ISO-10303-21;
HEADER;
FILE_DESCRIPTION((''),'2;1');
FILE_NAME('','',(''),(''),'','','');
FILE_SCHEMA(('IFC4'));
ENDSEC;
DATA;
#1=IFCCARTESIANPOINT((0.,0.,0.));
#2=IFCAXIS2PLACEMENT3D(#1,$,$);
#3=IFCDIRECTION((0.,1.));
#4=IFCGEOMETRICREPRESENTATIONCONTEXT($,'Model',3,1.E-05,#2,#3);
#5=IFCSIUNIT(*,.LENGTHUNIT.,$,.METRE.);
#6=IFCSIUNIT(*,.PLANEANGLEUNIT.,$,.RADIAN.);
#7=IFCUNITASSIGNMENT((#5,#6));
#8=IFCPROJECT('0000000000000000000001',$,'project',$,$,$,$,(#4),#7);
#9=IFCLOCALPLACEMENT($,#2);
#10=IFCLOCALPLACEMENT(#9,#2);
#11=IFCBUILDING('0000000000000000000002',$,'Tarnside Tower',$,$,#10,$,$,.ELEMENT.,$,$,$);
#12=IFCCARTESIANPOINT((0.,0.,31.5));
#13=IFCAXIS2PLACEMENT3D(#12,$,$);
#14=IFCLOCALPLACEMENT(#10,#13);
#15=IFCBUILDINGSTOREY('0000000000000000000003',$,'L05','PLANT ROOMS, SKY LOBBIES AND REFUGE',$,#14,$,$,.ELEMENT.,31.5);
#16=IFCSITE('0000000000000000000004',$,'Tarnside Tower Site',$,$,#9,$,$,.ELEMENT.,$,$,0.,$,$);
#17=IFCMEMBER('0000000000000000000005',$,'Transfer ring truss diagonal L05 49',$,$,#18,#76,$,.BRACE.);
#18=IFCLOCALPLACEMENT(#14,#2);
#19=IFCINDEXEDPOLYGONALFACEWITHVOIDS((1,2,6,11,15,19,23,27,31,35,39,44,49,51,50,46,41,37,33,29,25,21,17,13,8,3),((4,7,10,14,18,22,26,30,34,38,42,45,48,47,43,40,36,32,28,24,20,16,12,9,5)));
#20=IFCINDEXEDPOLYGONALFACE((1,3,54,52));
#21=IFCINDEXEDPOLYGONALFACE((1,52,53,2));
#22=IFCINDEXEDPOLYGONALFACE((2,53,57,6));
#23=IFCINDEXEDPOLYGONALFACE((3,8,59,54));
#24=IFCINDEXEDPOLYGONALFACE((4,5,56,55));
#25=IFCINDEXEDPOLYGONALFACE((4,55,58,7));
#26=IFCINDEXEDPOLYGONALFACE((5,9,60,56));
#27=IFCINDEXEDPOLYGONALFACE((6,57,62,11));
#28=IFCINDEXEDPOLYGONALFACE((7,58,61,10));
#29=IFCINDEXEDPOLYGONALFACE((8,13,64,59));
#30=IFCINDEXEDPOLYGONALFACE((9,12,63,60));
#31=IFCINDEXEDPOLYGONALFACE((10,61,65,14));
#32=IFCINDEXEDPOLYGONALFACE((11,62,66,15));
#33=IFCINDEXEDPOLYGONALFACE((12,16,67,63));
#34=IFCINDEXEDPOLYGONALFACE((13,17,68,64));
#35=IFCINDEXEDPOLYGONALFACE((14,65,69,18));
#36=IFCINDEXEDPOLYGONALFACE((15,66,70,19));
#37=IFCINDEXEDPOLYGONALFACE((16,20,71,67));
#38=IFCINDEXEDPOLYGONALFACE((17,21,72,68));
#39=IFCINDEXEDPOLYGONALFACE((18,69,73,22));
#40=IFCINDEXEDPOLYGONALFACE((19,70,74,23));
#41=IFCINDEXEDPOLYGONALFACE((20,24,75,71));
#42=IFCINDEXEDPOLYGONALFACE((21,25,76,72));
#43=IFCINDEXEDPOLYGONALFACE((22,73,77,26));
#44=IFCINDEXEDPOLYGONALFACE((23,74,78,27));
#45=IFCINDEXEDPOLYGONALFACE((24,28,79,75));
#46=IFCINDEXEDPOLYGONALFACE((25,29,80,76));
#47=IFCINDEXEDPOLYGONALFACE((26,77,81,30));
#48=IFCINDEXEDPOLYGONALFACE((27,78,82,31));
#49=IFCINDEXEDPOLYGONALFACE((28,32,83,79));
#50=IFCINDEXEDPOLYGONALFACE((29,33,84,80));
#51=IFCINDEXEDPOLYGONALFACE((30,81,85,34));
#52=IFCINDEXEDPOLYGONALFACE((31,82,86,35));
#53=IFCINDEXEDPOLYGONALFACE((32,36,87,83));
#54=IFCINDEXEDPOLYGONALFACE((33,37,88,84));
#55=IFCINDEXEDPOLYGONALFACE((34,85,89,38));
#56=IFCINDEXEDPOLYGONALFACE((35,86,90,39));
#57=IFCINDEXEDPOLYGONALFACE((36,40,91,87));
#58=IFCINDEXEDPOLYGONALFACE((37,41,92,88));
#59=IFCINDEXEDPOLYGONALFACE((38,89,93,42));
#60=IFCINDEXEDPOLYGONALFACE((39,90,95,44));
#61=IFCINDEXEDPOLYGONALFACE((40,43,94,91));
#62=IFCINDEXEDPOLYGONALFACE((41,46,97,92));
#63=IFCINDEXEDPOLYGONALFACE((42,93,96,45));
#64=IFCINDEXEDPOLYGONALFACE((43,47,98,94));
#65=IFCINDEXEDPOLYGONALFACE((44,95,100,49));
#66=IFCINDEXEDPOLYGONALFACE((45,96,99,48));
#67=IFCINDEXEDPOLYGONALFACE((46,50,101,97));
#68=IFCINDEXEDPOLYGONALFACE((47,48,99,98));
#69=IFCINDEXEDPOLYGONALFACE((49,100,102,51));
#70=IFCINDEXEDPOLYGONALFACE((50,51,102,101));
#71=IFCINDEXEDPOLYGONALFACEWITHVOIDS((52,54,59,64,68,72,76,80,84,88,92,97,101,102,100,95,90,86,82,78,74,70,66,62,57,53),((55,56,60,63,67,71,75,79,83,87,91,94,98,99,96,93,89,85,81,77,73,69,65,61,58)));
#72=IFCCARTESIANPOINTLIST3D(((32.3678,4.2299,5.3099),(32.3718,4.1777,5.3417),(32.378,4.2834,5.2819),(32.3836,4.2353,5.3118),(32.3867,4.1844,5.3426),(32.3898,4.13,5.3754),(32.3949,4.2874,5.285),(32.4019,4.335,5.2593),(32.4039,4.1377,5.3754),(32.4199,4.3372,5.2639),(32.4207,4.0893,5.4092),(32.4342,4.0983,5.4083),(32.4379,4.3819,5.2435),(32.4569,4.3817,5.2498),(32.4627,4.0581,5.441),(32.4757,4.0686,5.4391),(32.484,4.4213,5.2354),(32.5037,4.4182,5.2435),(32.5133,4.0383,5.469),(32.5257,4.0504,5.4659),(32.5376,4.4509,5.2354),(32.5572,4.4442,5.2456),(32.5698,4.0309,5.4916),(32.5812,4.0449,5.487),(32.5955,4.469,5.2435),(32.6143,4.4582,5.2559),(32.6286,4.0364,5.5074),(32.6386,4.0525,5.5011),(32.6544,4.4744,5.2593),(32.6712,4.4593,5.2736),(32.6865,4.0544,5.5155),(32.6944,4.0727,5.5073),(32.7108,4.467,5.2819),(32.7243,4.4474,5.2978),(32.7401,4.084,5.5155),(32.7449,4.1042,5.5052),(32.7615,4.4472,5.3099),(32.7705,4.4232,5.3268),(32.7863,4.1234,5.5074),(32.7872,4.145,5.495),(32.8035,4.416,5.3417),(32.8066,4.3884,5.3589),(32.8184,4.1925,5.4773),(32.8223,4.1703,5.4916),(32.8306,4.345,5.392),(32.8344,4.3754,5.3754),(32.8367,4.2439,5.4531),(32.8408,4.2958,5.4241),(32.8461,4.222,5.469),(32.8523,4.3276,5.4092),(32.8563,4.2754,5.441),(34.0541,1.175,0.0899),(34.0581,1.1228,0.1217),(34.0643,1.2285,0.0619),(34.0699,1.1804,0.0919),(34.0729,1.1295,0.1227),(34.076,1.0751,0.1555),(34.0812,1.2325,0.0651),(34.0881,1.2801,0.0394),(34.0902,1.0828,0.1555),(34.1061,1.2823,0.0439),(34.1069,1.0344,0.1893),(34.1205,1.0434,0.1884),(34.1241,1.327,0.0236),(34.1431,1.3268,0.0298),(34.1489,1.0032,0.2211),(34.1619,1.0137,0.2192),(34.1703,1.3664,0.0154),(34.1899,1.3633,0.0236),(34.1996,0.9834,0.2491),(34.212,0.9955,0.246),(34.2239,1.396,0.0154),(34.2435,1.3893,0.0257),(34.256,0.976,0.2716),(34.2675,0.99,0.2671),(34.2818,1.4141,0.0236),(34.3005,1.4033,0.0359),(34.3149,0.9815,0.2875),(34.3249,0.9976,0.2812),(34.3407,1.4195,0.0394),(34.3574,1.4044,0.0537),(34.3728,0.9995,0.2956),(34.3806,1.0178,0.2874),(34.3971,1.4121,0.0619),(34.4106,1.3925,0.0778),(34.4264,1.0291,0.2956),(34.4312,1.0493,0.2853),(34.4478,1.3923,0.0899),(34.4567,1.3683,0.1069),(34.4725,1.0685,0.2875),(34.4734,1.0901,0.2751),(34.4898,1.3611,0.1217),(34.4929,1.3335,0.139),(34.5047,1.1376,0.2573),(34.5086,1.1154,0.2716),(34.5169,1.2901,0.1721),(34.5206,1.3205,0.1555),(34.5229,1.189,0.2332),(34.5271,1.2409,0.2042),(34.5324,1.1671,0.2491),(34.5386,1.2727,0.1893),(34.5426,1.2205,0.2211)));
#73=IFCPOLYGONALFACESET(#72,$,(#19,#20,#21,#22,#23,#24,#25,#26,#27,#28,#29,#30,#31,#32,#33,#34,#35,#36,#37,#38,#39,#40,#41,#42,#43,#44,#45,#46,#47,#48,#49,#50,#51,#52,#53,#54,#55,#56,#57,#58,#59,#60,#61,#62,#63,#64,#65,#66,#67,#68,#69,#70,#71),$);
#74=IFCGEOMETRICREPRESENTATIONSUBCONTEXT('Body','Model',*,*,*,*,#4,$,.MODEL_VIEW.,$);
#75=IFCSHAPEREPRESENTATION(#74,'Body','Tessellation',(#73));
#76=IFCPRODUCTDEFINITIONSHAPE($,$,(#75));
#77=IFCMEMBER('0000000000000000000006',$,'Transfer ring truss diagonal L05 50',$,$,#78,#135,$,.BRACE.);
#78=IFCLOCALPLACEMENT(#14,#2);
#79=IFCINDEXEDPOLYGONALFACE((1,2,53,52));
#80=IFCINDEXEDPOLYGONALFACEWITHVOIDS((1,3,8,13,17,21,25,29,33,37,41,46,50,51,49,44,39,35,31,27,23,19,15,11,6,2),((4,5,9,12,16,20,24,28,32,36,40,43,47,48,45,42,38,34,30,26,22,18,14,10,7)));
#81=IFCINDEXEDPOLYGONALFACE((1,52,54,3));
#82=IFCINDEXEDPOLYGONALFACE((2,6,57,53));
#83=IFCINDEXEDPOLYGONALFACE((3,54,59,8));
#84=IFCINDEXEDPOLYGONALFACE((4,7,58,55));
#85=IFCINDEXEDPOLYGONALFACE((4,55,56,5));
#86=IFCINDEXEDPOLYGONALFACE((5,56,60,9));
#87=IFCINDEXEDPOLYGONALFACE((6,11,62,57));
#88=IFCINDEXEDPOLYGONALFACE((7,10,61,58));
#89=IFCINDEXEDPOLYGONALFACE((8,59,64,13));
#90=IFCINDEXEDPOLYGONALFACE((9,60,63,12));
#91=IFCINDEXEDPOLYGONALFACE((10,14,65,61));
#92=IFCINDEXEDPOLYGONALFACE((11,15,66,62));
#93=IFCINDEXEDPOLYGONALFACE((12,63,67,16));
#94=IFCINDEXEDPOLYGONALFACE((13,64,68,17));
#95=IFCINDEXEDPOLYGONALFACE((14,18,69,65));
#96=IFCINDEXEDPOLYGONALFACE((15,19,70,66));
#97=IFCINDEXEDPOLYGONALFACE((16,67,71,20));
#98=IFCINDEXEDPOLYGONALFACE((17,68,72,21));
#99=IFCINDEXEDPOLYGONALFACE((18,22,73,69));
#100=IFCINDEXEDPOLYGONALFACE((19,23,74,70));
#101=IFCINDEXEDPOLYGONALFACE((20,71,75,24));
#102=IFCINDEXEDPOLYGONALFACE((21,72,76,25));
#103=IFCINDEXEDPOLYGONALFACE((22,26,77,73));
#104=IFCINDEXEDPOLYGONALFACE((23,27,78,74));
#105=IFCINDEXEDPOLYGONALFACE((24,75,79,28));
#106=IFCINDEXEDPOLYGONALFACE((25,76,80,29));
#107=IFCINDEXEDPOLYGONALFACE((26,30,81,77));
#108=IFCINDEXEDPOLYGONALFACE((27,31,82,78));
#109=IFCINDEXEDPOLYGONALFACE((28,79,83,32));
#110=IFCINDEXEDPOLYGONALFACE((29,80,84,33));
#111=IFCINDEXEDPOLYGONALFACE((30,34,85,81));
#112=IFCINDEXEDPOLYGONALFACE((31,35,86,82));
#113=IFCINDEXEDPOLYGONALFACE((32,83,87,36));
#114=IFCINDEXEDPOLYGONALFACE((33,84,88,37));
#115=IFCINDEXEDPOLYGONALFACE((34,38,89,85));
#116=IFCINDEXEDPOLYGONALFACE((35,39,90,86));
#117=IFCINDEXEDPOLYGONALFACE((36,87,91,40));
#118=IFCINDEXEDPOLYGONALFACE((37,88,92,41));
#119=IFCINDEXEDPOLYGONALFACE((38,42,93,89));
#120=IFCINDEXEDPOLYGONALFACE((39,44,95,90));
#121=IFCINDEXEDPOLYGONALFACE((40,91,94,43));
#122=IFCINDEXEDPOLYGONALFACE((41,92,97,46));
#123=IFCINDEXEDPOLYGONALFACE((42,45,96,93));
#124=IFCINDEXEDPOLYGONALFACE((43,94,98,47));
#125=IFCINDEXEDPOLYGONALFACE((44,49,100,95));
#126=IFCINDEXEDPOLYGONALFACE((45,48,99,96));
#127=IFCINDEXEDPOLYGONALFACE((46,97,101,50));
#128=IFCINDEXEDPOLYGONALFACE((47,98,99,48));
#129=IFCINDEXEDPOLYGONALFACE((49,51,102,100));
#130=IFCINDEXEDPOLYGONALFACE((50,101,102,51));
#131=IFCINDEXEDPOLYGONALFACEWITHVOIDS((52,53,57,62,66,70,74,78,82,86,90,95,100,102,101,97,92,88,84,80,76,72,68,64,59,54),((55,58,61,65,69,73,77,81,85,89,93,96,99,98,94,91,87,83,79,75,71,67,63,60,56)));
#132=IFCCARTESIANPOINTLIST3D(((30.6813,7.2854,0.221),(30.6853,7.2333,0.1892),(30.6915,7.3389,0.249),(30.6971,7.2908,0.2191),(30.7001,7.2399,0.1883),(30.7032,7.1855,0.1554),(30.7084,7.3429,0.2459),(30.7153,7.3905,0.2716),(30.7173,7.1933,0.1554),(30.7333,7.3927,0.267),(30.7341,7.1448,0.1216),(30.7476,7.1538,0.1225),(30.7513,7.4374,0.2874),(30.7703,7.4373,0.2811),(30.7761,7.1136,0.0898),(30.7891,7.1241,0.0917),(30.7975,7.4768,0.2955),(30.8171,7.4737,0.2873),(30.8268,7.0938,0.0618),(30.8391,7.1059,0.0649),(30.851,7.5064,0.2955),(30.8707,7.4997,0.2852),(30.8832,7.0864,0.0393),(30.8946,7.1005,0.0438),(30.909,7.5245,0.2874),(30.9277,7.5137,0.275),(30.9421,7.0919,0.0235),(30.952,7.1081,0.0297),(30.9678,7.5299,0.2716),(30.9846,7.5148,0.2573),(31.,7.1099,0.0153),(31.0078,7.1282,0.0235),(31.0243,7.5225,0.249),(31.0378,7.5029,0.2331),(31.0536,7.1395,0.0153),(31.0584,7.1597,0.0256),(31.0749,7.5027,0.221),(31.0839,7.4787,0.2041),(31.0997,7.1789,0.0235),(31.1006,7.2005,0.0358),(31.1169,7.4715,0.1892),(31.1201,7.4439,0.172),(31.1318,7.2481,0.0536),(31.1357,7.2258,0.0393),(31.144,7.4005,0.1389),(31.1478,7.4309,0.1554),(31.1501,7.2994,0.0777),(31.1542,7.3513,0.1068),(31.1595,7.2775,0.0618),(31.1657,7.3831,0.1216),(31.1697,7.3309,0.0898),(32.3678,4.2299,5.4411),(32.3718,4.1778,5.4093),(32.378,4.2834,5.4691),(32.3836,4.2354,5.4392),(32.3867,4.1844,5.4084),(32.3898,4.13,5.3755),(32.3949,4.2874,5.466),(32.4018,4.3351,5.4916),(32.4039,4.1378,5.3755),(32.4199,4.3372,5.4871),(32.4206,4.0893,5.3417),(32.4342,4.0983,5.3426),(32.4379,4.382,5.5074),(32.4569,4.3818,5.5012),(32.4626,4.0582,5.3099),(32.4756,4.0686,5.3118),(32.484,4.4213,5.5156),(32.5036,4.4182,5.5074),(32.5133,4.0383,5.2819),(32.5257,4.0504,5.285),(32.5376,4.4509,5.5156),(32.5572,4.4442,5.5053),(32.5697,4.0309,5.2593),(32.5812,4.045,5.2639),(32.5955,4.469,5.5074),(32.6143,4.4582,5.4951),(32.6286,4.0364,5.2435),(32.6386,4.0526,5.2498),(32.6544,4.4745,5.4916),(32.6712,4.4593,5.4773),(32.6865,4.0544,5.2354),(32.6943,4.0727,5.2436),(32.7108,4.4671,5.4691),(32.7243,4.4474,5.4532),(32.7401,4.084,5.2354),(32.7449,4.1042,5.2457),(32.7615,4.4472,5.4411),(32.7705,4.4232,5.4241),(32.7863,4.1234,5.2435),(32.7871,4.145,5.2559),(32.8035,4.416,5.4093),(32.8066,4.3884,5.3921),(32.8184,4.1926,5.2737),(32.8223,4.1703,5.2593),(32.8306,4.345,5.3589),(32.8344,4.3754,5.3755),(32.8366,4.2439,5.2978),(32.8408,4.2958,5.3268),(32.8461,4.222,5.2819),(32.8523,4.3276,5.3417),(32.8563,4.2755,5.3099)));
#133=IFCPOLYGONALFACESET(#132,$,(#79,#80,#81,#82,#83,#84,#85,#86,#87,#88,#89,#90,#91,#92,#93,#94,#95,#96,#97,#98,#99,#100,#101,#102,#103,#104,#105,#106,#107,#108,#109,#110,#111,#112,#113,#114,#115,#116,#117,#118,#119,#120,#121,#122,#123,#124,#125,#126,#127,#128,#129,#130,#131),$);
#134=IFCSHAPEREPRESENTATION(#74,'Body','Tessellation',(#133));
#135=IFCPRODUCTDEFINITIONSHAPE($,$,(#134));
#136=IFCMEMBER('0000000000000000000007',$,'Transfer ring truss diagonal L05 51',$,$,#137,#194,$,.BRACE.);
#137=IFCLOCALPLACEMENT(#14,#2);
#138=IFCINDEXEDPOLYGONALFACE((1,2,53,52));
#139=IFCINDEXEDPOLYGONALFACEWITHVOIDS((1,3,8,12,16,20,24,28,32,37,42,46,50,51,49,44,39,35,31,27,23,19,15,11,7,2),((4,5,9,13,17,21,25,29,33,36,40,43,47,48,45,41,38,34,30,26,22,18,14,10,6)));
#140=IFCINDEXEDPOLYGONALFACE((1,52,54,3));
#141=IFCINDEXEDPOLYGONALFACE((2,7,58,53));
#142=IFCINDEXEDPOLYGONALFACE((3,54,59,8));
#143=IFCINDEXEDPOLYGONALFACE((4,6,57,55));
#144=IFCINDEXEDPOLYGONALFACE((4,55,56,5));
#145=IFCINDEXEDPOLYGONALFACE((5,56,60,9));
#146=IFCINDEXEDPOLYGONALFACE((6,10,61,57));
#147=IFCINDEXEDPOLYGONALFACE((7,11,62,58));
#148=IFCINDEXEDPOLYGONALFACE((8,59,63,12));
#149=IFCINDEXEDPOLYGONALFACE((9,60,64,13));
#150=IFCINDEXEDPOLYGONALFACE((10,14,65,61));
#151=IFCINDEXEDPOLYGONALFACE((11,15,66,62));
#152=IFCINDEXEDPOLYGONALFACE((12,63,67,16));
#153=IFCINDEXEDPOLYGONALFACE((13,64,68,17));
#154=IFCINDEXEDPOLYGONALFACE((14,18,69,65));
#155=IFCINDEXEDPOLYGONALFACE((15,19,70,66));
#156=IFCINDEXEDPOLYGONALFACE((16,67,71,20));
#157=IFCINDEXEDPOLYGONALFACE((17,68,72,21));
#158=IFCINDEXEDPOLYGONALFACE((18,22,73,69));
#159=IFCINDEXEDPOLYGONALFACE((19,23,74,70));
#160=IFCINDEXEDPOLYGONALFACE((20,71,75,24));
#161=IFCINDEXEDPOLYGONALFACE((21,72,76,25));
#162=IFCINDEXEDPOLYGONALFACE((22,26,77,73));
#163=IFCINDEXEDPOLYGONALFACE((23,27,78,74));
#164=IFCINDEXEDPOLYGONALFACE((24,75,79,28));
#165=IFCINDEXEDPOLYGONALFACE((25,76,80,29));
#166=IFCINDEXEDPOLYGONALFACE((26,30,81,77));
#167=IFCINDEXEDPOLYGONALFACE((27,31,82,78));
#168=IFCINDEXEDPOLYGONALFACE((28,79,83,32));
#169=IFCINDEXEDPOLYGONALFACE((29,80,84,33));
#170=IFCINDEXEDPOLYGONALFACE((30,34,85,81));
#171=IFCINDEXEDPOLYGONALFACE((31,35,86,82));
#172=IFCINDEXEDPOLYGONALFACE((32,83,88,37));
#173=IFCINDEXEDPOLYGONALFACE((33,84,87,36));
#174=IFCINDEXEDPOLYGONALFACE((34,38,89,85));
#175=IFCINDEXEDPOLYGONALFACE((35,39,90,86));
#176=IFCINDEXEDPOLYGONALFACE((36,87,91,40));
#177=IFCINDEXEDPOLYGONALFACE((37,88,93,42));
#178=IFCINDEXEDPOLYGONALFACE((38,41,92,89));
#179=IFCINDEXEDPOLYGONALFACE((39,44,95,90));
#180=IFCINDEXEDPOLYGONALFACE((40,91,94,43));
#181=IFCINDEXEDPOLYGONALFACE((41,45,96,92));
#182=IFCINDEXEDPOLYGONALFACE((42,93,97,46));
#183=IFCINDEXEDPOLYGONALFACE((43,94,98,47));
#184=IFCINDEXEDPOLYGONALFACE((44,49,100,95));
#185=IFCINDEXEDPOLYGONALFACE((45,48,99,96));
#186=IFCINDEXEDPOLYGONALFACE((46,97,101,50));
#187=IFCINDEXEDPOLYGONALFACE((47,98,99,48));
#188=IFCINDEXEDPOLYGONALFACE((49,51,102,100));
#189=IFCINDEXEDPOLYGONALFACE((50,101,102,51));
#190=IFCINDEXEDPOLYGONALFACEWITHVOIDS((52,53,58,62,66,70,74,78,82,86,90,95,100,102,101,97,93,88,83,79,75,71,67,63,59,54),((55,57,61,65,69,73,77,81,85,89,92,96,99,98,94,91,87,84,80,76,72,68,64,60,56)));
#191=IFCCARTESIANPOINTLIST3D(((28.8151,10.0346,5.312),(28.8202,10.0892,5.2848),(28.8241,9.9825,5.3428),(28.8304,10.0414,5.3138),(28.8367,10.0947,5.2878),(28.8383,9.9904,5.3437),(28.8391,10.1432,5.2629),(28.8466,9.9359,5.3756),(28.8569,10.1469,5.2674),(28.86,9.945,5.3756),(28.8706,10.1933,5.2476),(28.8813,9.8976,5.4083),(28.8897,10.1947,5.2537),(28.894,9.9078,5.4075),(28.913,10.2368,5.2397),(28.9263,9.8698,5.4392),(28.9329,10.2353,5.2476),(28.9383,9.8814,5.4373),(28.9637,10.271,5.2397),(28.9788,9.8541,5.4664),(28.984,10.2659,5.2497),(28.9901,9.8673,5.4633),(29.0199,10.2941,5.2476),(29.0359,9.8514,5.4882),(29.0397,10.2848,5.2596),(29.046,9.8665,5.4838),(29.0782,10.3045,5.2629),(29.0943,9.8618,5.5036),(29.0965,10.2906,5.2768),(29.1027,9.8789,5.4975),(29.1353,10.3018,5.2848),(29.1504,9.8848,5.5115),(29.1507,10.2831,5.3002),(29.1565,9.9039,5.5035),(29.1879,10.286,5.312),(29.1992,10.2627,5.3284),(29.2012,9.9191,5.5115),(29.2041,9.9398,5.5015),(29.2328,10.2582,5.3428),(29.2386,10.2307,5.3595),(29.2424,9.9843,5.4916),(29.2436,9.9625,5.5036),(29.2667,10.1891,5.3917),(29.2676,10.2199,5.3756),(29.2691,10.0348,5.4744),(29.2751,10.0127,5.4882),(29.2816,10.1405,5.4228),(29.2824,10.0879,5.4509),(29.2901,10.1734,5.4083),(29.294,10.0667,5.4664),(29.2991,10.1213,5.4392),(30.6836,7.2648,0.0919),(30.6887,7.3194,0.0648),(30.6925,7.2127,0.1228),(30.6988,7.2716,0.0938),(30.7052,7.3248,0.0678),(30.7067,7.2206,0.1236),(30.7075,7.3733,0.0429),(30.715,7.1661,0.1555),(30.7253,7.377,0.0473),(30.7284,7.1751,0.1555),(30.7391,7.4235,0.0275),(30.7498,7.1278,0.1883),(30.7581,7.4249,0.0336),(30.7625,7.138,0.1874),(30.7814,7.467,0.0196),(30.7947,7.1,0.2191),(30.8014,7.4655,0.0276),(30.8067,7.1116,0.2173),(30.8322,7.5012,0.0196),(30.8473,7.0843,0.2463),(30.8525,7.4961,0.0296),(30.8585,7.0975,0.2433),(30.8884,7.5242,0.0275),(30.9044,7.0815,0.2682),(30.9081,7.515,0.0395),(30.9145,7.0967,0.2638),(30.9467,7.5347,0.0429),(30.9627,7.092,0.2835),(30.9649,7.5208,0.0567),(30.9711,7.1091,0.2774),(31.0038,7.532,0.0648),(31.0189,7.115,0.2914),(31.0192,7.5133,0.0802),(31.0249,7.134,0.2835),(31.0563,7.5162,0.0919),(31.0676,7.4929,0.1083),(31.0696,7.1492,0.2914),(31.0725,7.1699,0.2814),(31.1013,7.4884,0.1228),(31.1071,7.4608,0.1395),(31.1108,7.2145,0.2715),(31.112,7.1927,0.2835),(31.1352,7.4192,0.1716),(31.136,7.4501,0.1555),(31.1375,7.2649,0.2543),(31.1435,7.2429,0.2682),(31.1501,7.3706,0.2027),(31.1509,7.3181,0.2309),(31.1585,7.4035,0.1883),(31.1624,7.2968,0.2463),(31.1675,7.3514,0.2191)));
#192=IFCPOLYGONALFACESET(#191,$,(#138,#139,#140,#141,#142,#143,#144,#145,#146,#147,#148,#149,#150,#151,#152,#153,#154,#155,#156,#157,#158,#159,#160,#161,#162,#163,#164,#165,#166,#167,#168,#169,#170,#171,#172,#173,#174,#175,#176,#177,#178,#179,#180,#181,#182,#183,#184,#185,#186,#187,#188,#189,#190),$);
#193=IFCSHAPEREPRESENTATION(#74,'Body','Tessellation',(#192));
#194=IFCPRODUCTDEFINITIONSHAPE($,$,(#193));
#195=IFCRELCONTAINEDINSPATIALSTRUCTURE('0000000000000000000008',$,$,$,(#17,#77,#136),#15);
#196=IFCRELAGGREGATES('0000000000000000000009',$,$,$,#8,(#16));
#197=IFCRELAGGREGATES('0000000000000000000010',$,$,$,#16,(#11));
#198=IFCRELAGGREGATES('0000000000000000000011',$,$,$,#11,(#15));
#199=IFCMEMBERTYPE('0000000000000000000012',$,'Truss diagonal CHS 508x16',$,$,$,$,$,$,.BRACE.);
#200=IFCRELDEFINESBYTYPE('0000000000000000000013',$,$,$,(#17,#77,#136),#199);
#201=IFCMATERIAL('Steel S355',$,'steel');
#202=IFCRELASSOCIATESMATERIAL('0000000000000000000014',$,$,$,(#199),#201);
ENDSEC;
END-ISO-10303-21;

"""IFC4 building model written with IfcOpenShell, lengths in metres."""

from ifc_helpers import new_model, si_unit, direction, frame, origin, origin_2d, place, context, subcontext, project, spatial, hollow_circle, extrude, material, material_profile, profile_set, type_object, element, save


model = new_model("IFC4")

# Units and contexts
model_context = context("Model", 3, precision=1e-05, world=origin(), true_north=direction((0.0, 1.0)))
body_context = subcontext(model_context, "Body", "Model", "MODEL_VIEW")
ifc_project = project(units=[si_unit("LENGTHUNIT", "METRE"), si_unit("PLANEANGLEUNIT", "RADIAN")], contexts=[model_context])

# Site, building, storey
site_placement = place(None, origin())
site = spatial("IfcSite", under=ifc_project, at=site_placement, Name="Tarnside Tower Site", CompositionType="ELEMENT", RefElevation=0.0)
building_placement = place(site_placement, origin())
building = spatial("IfcBuilding", under=site, at=building_placement, Name="Tarnside Tower", CompositionType="ELEMENT")
storey_placement = place(building_placement, frame((0.0, 0.0, 31.5)))
storey = spatial("IfcBuildingStorey", under=building, at=storey_placement, Name="L05", Description="PLANT ROOMS, SKY LOBBIES AND REFUGE", CompositionType="ELEMENT", Elevation=31.5)

# Shared definitions
ifc_material_1 = material(Name="Steel S355", Category="steel")

# Members
ifc_material_profile_1 = material_profile(ifc_material_1, hollow_circle(Radius=0.2539, WallThickness=0.0161, at=origin_2d()), Name="CHS 508x16")
ifc_profile_set_1 = profile_set([ifc_material_profile_1], Name="Steel S355")
member_type_1 = type_object("IfcMemberType", Name="Truss diagonal CHS 508x16", PredefinedType="BRACE", material=ifc_profile_set_1)
member_1_placement = place(storey_placement, frame((34.2983, 1.1978, 0.1555), z_axis=(-0.268564, 0.486541, 0.831355), x_axis=(-0.875481, -0.483253, 0.0)))
element("IfcMember", 1, at=member_1_placement, inside=storey, type_object=member_type_1, Name="Transfer ring truss diagonal L05 49", PredefinedType="BRACE", context=body_context, shape_type="SweptSolid", body=[
    extrude(hollow_circle(Radius=0.2539, WallThickness=0.0161, at=origin_2d()), origin(), (0.0, 0.0, 1.0), 6.2788),
])
member_2_placement = place(storey_placement, frame((32.6121, 4.2527, 5.3755), z_axis=(-0.26859, 0.486596, -0.831315), x_axis=(-0.875484, -0.483247, 0.0)))
element("IfcMember", 2, at=member_2_placement, inside=storey, type_object=member_type_1, Name="Transfer ring truss diagonal L05 50", PredefinedType="BRACE", context=body_context, shape_type="SweptSolid", body=[
    extrude(hollow_circle(Radius=0.2539, WallThickness=0.0161, at=origin_2d()), origin(), (0.0, 0.0, 1.0), 6.2793),
])
for number, where, z_axis, x_axis, name in (
    (3, (30.9255, 7.3081, 0.1555), (-0.301471, 0.446908, 0.842252), (-0.829014, -0.559228, 0.0), "Transfer ring truss diagonal L05 51"),
):
    element("IfcMember", number, at=place(storey_placement, frame(where, z_axis=z_axis, x_axis=x_axis)), inside=storey, type_object=member_type_1, Name=name, PredefinedType="BRACE", context=body_context, shape_type="SweptSolid", body=[
        extrude(hollow_circle(Radius=0.2539, WallThickness=0.0161, at=origin_2d()), origin(), (0.0, 0.0, 1.0), 6.1978),
    ])

save(model, "model.ifc")
